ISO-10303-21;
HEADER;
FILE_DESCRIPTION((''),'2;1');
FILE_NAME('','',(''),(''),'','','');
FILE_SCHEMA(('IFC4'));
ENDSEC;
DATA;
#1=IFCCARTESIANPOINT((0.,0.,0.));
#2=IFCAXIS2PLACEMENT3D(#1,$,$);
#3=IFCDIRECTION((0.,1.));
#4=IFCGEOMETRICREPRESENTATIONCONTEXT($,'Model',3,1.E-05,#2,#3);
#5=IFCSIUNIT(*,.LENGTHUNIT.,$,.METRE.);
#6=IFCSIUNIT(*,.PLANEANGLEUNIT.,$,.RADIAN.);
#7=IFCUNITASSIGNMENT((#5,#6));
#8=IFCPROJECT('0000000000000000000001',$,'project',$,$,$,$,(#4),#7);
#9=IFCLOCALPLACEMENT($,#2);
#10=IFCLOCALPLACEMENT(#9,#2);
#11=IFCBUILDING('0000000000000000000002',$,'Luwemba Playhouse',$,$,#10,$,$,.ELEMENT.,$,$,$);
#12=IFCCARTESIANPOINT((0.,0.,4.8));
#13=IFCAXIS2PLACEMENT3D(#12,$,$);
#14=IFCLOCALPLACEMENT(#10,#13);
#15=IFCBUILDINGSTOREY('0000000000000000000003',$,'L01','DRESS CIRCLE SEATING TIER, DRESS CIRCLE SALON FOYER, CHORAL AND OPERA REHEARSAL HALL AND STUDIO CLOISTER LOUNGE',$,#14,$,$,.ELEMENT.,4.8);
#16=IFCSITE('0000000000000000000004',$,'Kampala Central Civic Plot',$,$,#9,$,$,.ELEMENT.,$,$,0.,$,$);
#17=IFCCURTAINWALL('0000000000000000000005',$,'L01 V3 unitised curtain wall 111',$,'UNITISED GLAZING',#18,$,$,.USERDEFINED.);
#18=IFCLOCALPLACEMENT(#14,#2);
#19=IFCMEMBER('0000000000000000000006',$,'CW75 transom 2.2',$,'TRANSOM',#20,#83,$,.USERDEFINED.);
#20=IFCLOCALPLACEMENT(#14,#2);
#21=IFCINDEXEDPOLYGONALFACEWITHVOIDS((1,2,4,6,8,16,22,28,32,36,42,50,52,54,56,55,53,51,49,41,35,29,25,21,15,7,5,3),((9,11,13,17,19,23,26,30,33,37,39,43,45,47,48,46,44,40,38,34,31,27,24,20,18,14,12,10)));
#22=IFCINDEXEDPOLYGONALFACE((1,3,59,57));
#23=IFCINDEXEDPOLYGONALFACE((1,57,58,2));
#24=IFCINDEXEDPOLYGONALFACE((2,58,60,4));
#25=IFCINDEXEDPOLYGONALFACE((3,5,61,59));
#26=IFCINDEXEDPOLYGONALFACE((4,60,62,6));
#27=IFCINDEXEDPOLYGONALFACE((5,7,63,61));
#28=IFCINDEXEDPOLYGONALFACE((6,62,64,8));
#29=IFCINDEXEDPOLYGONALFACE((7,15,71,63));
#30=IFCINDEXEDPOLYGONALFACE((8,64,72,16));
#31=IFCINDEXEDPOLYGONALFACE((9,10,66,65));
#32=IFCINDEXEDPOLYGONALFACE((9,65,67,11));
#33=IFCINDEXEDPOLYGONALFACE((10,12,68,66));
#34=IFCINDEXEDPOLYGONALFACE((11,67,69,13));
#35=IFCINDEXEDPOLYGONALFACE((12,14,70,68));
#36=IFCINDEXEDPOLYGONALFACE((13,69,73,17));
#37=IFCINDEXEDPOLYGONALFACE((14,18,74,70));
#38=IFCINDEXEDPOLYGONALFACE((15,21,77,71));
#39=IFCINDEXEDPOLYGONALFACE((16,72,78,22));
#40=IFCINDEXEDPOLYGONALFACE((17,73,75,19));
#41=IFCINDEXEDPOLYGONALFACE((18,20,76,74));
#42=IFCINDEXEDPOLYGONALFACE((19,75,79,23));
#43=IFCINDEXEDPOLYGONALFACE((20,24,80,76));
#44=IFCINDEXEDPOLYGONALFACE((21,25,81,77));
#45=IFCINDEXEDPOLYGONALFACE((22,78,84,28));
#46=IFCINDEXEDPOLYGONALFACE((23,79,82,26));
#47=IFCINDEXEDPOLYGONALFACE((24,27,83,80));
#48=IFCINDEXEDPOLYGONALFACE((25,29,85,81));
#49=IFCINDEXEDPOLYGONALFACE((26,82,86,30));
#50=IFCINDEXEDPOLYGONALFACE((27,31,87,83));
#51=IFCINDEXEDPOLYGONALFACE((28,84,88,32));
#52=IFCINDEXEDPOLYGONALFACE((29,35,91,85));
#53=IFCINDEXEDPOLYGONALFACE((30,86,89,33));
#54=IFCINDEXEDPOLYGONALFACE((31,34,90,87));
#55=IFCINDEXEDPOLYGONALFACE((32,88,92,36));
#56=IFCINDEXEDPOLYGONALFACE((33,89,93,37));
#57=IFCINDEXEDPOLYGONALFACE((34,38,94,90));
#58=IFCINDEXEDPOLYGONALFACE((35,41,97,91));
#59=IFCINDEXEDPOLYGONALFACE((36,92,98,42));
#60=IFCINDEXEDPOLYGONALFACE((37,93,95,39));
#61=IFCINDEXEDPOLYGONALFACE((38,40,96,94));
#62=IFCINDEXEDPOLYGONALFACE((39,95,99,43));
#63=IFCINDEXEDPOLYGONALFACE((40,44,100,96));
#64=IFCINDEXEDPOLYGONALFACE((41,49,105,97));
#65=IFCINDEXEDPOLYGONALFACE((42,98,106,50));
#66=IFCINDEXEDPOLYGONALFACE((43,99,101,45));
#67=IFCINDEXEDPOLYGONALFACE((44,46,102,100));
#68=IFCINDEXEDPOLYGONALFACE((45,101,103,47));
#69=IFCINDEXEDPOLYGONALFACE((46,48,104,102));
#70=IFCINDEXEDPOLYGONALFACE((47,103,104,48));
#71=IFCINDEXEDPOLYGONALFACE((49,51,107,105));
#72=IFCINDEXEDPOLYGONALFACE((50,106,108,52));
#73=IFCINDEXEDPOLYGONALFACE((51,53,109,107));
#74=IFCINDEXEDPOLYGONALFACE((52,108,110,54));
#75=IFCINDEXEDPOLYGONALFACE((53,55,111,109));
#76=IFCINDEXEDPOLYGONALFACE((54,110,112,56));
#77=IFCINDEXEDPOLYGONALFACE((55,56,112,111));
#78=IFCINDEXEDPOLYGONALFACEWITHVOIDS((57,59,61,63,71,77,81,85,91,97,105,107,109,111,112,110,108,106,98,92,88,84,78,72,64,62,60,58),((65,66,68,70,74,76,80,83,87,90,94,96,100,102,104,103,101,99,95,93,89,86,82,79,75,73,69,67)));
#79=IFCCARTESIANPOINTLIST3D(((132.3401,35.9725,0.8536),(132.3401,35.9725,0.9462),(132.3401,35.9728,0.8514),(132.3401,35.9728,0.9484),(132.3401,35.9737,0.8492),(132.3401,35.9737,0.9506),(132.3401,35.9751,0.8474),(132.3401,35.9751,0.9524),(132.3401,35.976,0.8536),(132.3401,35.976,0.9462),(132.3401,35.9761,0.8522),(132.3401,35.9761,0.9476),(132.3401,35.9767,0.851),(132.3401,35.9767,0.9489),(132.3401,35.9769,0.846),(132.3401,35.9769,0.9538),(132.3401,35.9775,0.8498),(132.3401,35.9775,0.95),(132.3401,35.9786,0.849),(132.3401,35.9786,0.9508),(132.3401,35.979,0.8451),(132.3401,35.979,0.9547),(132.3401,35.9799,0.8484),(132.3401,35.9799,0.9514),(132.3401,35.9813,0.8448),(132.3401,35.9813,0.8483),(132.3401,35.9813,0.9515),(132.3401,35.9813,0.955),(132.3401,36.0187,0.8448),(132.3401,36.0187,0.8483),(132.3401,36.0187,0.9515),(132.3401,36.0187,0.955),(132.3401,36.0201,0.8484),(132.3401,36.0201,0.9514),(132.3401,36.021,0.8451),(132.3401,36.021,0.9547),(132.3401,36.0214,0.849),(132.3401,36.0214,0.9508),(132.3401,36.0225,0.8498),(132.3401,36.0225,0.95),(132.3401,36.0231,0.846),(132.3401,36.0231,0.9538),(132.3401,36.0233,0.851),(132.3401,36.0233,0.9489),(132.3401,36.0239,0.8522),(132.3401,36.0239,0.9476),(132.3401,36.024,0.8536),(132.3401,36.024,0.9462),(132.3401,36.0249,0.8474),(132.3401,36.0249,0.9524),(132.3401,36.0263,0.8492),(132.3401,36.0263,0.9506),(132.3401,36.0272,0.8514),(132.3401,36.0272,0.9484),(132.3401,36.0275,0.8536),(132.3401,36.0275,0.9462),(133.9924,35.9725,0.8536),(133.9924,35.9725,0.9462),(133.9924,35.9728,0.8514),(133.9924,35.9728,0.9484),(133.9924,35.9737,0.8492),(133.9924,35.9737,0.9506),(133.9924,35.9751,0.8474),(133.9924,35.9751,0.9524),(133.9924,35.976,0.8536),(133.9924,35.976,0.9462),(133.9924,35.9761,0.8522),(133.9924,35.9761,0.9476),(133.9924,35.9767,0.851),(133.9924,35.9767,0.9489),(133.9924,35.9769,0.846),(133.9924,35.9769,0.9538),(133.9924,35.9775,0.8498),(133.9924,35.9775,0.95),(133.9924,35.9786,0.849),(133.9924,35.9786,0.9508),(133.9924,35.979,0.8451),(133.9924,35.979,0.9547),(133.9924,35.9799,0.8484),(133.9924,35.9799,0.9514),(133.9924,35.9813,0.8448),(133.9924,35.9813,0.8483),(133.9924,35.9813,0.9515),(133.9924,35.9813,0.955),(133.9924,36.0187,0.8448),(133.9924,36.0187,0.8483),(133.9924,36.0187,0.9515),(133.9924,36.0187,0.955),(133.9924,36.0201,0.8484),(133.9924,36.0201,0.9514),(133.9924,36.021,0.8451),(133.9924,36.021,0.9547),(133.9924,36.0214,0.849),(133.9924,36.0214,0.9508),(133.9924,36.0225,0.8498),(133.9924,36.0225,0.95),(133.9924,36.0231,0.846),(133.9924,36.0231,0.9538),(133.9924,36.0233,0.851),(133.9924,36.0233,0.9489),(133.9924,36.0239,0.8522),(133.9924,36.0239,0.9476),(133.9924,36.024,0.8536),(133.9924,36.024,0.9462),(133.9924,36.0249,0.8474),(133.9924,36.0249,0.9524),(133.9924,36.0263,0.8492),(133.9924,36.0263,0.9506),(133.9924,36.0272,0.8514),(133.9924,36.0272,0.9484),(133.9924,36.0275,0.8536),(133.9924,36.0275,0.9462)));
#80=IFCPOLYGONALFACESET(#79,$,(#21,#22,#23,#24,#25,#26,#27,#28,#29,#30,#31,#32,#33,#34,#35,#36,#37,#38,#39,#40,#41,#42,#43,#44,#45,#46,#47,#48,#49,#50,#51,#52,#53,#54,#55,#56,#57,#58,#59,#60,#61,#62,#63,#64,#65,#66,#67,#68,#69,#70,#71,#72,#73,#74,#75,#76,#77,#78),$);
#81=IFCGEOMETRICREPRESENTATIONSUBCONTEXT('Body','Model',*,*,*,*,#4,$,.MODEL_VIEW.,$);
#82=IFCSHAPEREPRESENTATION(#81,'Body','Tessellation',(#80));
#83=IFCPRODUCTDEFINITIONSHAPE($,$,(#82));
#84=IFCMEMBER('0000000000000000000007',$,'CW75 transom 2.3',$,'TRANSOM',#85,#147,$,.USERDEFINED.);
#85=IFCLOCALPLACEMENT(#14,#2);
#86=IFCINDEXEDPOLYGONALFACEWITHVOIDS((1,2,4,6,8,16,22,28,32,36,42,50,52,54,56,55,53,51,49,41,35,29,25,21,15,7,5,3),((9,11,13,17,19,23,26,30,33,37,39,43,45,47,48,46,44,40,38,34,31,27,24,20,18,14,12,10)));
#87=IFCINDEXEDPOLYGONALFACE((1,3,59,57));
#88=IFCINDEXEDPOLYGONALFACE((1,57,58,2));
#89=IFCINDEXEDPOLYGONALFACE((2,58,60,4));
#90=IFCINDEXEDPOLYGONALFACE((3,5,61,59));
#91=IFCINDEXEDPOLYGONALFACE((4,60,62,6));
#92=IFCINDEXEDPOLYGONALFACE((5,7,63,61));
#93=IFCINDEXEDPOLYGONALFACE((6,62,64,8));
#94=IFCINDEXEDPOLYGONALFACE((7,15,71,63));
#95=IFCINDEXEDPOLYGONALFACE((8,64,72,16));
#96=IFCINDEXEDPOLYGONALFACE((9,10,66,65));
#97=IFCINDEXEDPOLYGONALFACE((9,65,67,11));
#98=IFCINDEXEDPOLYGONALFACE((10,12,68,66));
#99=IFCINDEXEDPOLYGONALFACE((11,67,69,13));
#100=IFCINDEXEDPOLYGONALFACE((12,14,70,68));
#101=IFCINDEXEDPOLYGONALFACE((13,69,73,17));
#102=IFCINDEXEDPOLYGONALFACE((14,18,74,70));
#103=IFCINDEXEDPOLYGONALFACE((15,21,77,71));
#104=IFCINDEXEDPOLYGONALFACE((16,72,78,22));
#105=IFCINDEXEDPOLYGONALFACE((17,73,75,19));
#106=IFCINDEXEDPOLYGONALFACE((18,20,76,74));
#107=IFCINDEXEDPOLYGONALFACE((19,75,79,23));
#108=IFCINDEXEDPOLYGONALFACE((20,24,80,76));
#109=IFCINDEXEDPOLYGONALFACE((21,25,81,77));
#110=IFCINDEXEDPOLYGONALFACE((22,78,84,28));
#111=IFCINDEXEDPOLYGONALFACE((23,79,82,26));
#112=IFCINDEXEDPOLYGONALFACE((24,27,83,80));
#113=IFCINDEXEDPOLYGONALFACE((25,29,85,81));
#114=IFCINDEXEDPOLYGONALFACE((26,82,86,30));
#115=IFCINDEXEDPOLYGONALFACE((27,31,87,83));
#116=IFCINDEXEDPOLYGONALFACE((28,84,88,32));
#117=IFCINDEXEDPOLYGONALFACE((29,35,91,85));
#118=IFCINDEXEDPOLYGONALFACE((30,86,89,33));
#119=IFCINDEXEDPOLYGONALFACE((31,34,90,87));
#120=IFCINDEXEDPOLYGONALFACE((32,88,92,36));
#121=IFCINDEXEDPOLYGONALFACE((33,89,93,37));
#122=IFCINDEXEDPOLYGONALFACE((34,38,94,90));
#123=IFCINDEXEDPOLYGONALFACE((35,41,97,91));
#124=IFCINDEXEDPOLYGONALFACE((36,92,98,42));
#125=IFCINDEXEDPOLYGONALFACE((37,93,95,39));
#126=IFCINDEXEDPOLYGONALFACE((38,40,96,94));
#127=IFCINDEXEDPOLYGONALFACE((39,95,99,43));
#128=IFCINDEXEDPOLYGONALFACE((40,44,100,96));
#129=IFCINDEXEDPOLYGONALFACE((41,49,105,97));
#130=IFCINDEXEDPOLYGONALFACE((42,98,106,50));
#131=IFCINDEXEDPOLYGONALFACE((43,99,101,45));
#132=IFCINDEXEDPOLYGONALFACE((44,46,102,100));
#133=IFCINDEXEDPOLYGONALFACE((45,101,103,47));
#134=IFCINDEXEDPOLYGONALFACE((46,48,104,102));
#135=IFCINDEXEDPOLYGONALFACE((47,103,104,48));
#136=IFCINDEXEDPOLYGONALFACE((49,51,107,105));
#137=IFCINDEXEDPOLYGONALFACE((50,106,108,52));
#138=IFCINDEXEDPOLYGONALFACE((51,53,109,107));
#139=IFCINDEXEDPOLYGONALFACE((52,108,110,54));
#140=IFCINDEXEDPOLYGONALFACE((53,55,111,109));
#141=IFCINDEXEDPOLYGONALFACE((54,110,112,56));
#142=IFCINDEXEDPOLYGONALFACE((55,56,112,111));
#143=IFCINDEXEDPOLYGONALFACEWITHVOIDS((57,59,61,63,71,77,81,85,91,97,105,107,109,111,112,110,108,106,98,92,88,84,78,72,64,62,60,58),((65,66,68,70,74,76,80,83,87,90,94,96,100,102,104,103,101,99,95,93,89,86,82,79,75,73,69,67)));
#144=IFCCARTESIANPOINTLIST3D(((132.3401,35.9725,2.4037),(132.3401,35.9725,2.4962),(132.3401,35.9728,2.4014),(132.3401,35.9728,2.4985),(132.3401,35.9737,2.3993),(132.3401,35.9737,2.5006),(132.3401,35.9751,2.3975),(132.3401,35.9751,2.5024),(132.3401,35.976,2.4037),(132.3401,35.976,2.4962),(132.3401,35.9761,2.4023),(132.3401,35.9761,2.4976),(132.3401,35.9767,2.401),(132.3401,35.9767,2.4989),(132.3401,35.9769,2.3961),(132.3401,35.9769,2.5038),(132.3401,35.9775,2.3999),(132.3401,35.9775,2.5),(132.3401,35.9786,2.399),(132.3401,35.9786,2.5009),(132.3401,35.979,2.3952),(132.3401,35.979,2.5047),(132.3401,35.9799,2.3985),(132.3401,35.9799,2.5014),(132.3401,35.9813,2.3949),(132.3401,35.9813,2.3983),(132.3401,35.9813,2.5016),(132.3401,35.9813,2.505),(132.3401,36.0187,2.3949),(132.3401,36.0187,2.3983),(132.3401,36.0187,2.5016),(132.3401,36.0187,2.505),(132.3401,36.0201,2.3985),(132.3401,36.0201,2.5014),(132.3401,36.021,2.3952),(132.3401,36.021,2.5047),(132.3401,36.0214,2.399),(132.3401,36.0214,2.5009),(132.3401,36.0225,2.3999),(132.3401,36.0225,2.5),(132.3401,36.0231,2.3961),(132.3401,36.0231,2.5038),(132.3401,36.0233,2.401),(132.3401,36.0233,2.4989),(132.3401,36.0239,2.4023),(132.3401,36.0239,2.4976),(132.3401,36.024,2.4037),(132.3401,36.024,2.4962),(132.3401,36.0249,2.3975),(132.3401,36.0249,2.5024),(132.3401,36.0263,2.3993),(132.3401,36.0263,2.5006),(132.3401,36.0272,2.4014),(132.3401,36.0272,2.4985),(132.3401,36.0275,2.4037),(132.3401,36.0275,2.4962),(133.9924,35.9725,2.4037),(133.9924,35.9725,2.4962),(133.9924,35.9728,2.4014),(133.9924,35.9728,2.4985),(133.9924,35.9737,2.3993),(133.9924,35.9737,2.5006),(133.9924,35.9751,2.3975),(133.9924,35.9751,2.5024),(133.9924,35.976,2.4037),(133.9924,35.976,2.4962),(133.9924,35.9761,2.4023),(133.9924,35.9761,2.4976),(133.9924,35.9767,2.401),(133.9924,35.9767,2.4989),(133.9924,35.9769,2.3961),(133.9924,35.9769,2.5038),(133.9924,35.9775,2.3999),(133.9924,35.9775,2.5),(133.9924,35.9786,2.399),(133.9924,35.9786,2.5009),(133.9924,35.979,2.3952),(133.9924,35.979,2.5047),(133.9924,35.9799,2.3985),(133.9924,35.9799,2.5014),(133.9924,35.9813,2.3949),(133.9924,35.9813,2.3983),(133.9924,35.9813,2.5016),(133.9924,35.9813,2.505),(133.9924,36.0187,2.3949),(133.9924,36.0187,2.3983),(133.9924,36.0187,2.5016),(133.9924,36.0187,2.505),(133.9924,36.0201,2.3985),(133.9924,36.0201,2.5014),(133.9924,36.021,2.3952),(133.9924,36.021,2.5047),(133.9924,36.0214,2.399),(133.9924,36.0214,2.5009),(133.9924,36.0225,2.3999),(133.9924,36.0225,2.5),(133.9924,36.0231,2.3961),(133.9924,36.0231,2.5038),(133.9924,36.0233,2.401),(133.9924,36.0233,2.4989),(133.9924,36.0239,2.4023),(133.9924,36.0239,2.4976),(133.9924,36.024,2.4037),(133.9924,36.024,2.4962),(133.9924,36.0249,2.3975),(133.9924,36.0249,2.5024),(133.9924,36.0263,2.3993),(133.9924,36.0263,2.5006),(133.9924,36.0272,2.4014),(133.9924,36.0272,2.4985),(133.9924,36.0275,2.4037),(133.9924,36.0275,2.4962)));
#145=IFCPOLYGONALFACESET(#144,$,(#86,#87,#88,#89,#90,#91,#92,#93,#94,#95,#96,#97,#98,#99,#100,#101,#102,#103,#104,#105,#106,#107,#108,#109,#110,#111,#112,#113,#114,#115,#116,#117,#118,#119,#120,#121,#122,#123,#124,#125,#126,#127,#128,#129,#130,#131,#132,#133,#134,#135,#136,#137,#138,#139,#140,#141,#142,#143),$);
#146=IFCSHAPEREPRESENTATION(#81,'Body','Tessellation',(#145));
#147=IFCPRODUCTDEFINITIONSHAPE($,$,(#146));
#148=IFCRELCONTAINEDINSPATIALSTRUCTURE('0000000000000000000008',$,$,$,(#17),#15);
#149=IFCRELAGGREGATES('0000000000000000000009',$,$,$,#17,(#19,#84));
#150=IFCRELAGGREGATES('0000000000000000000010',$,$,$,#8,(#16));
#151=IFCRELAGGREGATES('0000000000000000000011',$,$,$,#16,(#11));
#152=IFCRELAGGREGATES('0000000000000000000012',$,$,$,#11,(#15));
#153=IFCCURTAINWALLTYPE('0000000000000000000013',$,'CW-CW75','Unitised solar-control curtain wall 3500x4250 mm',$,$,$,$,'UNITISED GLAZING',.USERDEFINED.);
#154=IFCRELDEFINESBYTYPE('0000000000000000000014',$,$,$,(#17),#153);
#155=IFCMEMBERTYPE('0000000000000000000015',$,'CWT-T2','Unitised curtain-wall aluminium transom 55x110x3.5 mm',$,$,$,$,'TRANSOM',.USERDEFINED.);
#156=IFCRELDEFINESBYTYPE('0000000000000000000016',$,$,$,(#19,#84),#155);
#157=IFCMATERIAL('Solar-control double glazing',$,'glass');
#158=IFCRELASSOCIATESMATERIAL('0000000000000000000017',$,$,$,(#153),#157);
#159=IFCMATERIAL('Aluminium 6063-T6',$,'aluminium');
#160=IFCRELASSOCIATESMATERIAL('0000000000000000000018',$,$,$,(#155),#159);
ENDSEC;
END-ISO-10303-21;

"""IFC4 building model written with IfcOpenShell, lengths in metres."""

from ifc_helpers import new_model, si_unit, direction, frame, origin, origin_2d, place, context, subcontext, project, spatial, hollow_rectangle, extrude, material, material_profile, profile_set, type_object, element, aggregate, save


model = new_model("IFC4")

# Units and contexts
model_context = context("Model", 3, precision=1e-05, world=origin(), true_north=direction((0.0, 1.0)))
body_context = subcontext(model_context, "Body", "Model", "MODEL_VIEW")
ifc_project = project(units=[si_unit("LENGTHUNIT", "METRE"), si_unit("PLANEANGLEUNIT", "RADIAN")], contexts=[model_context])

# Site, building, storey
site_placement = place(None, origin())
site = spatial("IfcSite", under=ifc_project, at=site_placement, Name="Kampala Central Civic Plot", CompositionType="ELEMENT", RefElevation=0.0)
building_placement = place(site_placement, origin())
building = spatial("IfcBuilding", under=site, at=building_placement, Name="Luwemba Playhouse", CompositionType="ELEMENT")
storey_placement = place(building_placement, frame((0.0, 0.0, 4.8)))
storey = spatial("IfcBuildingStorey", under=building, at=storey_placement, Name="L01", Description="DRESS CIRCLE SEATING TIER, DRESS CIRCLE SALON FOYER, CHORAL AND OPERA REHEARSAL HALL AND STUDIO CLOISTER LOUNGE", CompositionType="ELEMENT", Elevation=4.8)

# Shared definitions
ifc_material_1 = material(Name="Solar-control double glazing", Category="glass")
ifc_material_2 = material(Name="Aluminium 6063-T6", Category="aluminium")

# Curtain wall, members
curtain_wall_type_1 = type_object("IfcCurtainWallType", Name="CW-CW75", Description="Unitised solar-control curtain wall 3500x4250 mm", ElementType="UNITISED GLAZING", PredefinedType="USERDEFINED", material=ifc_material_1)
curtain_wall_1_placement = place(storey_placement, origin())
curtain_wall_1 = element("IfcCurtainWall", 1, at=curtain_wall_1_placement, inside=storey, type_object=curtain_wall_type_1, Name="L01 V3 unitised curtain wall 111", ObjectType="UNITISED GLAZING", PredefinedType="USERDEFINED")
ifc_material_profile_1 = material_profile(ifc_material_2, hollow_rectangle(XDim=0.0549, YDim=0.1101, WallThickness=0.0034, InnerFilletRadius=0.0054, OuterFilletRadius=0.0088, at=origin_2d()))
ifc_profile_set_1 = profile_set([ifc_material_profile_1], Name="Aluminium 6063-T6")
member_type_1 = type_object("IfcMemberType", Name="CWT-T2", Description="Unitised curtain-wall aluminium transom 55x110x3.5 mm", ElementType="TRANSOM", PredefinedType="USERDEFINED", material=ifc_profile_set_1)
member_1_placement = place(storey_placement, frame((133.9924, 36.0, 0.8999), z_axis=(-1.0, 0.0, 0.0), x_axis=(0.0, -1.0, 0.0)))
member_1 = element("IfcMember", 2, at=member_1_placement, type_object=member_type_1, Name="CW75 transom 2.2", ObjectType="TRANSOM", PredefinedType="USERDEFINED", context=body_context, shape_type="SweptSolid", body=[
    extrude(hollow_rectangle(XDim=0.0549, YDim=0.1101, WallThickness=0.0034, InnerFilletRadius=0.0054, OuterFilletRadius=0.0088, at=origin_2d()), origin(), (0.0, 0.0, 1.0), 1.6523),
])
member_2_placement = place(storey_placement, frame((133.9924, 36.0, 2.45), z_axis=(-1.0, 0.0, 0.0), x_axis=(0.0, -1.0, 0.0)))
member_2 = element("IfcMember", 3, at=member_2_placement, type_object=member_type_1, Name="CW75 transom 2.3", ObjectType="TRANSOM", PredefinedType="USERDEFINED", context=body_context, shape_type="SweptSolid", body=[
    extrude(hollow_rectangle(XDim=0.0549, YDim=0.1101, WallThickness=0.0034, InnerFilletRadius=0.0054, OuterFilletRadius=0.0088, at=origin_2d()), origin(), (0.0, 0.0, 1.0), 1.6523),
])

aggregate(curtain_wall_1, [member_1, member_2])

save(model, "model.ifc")
